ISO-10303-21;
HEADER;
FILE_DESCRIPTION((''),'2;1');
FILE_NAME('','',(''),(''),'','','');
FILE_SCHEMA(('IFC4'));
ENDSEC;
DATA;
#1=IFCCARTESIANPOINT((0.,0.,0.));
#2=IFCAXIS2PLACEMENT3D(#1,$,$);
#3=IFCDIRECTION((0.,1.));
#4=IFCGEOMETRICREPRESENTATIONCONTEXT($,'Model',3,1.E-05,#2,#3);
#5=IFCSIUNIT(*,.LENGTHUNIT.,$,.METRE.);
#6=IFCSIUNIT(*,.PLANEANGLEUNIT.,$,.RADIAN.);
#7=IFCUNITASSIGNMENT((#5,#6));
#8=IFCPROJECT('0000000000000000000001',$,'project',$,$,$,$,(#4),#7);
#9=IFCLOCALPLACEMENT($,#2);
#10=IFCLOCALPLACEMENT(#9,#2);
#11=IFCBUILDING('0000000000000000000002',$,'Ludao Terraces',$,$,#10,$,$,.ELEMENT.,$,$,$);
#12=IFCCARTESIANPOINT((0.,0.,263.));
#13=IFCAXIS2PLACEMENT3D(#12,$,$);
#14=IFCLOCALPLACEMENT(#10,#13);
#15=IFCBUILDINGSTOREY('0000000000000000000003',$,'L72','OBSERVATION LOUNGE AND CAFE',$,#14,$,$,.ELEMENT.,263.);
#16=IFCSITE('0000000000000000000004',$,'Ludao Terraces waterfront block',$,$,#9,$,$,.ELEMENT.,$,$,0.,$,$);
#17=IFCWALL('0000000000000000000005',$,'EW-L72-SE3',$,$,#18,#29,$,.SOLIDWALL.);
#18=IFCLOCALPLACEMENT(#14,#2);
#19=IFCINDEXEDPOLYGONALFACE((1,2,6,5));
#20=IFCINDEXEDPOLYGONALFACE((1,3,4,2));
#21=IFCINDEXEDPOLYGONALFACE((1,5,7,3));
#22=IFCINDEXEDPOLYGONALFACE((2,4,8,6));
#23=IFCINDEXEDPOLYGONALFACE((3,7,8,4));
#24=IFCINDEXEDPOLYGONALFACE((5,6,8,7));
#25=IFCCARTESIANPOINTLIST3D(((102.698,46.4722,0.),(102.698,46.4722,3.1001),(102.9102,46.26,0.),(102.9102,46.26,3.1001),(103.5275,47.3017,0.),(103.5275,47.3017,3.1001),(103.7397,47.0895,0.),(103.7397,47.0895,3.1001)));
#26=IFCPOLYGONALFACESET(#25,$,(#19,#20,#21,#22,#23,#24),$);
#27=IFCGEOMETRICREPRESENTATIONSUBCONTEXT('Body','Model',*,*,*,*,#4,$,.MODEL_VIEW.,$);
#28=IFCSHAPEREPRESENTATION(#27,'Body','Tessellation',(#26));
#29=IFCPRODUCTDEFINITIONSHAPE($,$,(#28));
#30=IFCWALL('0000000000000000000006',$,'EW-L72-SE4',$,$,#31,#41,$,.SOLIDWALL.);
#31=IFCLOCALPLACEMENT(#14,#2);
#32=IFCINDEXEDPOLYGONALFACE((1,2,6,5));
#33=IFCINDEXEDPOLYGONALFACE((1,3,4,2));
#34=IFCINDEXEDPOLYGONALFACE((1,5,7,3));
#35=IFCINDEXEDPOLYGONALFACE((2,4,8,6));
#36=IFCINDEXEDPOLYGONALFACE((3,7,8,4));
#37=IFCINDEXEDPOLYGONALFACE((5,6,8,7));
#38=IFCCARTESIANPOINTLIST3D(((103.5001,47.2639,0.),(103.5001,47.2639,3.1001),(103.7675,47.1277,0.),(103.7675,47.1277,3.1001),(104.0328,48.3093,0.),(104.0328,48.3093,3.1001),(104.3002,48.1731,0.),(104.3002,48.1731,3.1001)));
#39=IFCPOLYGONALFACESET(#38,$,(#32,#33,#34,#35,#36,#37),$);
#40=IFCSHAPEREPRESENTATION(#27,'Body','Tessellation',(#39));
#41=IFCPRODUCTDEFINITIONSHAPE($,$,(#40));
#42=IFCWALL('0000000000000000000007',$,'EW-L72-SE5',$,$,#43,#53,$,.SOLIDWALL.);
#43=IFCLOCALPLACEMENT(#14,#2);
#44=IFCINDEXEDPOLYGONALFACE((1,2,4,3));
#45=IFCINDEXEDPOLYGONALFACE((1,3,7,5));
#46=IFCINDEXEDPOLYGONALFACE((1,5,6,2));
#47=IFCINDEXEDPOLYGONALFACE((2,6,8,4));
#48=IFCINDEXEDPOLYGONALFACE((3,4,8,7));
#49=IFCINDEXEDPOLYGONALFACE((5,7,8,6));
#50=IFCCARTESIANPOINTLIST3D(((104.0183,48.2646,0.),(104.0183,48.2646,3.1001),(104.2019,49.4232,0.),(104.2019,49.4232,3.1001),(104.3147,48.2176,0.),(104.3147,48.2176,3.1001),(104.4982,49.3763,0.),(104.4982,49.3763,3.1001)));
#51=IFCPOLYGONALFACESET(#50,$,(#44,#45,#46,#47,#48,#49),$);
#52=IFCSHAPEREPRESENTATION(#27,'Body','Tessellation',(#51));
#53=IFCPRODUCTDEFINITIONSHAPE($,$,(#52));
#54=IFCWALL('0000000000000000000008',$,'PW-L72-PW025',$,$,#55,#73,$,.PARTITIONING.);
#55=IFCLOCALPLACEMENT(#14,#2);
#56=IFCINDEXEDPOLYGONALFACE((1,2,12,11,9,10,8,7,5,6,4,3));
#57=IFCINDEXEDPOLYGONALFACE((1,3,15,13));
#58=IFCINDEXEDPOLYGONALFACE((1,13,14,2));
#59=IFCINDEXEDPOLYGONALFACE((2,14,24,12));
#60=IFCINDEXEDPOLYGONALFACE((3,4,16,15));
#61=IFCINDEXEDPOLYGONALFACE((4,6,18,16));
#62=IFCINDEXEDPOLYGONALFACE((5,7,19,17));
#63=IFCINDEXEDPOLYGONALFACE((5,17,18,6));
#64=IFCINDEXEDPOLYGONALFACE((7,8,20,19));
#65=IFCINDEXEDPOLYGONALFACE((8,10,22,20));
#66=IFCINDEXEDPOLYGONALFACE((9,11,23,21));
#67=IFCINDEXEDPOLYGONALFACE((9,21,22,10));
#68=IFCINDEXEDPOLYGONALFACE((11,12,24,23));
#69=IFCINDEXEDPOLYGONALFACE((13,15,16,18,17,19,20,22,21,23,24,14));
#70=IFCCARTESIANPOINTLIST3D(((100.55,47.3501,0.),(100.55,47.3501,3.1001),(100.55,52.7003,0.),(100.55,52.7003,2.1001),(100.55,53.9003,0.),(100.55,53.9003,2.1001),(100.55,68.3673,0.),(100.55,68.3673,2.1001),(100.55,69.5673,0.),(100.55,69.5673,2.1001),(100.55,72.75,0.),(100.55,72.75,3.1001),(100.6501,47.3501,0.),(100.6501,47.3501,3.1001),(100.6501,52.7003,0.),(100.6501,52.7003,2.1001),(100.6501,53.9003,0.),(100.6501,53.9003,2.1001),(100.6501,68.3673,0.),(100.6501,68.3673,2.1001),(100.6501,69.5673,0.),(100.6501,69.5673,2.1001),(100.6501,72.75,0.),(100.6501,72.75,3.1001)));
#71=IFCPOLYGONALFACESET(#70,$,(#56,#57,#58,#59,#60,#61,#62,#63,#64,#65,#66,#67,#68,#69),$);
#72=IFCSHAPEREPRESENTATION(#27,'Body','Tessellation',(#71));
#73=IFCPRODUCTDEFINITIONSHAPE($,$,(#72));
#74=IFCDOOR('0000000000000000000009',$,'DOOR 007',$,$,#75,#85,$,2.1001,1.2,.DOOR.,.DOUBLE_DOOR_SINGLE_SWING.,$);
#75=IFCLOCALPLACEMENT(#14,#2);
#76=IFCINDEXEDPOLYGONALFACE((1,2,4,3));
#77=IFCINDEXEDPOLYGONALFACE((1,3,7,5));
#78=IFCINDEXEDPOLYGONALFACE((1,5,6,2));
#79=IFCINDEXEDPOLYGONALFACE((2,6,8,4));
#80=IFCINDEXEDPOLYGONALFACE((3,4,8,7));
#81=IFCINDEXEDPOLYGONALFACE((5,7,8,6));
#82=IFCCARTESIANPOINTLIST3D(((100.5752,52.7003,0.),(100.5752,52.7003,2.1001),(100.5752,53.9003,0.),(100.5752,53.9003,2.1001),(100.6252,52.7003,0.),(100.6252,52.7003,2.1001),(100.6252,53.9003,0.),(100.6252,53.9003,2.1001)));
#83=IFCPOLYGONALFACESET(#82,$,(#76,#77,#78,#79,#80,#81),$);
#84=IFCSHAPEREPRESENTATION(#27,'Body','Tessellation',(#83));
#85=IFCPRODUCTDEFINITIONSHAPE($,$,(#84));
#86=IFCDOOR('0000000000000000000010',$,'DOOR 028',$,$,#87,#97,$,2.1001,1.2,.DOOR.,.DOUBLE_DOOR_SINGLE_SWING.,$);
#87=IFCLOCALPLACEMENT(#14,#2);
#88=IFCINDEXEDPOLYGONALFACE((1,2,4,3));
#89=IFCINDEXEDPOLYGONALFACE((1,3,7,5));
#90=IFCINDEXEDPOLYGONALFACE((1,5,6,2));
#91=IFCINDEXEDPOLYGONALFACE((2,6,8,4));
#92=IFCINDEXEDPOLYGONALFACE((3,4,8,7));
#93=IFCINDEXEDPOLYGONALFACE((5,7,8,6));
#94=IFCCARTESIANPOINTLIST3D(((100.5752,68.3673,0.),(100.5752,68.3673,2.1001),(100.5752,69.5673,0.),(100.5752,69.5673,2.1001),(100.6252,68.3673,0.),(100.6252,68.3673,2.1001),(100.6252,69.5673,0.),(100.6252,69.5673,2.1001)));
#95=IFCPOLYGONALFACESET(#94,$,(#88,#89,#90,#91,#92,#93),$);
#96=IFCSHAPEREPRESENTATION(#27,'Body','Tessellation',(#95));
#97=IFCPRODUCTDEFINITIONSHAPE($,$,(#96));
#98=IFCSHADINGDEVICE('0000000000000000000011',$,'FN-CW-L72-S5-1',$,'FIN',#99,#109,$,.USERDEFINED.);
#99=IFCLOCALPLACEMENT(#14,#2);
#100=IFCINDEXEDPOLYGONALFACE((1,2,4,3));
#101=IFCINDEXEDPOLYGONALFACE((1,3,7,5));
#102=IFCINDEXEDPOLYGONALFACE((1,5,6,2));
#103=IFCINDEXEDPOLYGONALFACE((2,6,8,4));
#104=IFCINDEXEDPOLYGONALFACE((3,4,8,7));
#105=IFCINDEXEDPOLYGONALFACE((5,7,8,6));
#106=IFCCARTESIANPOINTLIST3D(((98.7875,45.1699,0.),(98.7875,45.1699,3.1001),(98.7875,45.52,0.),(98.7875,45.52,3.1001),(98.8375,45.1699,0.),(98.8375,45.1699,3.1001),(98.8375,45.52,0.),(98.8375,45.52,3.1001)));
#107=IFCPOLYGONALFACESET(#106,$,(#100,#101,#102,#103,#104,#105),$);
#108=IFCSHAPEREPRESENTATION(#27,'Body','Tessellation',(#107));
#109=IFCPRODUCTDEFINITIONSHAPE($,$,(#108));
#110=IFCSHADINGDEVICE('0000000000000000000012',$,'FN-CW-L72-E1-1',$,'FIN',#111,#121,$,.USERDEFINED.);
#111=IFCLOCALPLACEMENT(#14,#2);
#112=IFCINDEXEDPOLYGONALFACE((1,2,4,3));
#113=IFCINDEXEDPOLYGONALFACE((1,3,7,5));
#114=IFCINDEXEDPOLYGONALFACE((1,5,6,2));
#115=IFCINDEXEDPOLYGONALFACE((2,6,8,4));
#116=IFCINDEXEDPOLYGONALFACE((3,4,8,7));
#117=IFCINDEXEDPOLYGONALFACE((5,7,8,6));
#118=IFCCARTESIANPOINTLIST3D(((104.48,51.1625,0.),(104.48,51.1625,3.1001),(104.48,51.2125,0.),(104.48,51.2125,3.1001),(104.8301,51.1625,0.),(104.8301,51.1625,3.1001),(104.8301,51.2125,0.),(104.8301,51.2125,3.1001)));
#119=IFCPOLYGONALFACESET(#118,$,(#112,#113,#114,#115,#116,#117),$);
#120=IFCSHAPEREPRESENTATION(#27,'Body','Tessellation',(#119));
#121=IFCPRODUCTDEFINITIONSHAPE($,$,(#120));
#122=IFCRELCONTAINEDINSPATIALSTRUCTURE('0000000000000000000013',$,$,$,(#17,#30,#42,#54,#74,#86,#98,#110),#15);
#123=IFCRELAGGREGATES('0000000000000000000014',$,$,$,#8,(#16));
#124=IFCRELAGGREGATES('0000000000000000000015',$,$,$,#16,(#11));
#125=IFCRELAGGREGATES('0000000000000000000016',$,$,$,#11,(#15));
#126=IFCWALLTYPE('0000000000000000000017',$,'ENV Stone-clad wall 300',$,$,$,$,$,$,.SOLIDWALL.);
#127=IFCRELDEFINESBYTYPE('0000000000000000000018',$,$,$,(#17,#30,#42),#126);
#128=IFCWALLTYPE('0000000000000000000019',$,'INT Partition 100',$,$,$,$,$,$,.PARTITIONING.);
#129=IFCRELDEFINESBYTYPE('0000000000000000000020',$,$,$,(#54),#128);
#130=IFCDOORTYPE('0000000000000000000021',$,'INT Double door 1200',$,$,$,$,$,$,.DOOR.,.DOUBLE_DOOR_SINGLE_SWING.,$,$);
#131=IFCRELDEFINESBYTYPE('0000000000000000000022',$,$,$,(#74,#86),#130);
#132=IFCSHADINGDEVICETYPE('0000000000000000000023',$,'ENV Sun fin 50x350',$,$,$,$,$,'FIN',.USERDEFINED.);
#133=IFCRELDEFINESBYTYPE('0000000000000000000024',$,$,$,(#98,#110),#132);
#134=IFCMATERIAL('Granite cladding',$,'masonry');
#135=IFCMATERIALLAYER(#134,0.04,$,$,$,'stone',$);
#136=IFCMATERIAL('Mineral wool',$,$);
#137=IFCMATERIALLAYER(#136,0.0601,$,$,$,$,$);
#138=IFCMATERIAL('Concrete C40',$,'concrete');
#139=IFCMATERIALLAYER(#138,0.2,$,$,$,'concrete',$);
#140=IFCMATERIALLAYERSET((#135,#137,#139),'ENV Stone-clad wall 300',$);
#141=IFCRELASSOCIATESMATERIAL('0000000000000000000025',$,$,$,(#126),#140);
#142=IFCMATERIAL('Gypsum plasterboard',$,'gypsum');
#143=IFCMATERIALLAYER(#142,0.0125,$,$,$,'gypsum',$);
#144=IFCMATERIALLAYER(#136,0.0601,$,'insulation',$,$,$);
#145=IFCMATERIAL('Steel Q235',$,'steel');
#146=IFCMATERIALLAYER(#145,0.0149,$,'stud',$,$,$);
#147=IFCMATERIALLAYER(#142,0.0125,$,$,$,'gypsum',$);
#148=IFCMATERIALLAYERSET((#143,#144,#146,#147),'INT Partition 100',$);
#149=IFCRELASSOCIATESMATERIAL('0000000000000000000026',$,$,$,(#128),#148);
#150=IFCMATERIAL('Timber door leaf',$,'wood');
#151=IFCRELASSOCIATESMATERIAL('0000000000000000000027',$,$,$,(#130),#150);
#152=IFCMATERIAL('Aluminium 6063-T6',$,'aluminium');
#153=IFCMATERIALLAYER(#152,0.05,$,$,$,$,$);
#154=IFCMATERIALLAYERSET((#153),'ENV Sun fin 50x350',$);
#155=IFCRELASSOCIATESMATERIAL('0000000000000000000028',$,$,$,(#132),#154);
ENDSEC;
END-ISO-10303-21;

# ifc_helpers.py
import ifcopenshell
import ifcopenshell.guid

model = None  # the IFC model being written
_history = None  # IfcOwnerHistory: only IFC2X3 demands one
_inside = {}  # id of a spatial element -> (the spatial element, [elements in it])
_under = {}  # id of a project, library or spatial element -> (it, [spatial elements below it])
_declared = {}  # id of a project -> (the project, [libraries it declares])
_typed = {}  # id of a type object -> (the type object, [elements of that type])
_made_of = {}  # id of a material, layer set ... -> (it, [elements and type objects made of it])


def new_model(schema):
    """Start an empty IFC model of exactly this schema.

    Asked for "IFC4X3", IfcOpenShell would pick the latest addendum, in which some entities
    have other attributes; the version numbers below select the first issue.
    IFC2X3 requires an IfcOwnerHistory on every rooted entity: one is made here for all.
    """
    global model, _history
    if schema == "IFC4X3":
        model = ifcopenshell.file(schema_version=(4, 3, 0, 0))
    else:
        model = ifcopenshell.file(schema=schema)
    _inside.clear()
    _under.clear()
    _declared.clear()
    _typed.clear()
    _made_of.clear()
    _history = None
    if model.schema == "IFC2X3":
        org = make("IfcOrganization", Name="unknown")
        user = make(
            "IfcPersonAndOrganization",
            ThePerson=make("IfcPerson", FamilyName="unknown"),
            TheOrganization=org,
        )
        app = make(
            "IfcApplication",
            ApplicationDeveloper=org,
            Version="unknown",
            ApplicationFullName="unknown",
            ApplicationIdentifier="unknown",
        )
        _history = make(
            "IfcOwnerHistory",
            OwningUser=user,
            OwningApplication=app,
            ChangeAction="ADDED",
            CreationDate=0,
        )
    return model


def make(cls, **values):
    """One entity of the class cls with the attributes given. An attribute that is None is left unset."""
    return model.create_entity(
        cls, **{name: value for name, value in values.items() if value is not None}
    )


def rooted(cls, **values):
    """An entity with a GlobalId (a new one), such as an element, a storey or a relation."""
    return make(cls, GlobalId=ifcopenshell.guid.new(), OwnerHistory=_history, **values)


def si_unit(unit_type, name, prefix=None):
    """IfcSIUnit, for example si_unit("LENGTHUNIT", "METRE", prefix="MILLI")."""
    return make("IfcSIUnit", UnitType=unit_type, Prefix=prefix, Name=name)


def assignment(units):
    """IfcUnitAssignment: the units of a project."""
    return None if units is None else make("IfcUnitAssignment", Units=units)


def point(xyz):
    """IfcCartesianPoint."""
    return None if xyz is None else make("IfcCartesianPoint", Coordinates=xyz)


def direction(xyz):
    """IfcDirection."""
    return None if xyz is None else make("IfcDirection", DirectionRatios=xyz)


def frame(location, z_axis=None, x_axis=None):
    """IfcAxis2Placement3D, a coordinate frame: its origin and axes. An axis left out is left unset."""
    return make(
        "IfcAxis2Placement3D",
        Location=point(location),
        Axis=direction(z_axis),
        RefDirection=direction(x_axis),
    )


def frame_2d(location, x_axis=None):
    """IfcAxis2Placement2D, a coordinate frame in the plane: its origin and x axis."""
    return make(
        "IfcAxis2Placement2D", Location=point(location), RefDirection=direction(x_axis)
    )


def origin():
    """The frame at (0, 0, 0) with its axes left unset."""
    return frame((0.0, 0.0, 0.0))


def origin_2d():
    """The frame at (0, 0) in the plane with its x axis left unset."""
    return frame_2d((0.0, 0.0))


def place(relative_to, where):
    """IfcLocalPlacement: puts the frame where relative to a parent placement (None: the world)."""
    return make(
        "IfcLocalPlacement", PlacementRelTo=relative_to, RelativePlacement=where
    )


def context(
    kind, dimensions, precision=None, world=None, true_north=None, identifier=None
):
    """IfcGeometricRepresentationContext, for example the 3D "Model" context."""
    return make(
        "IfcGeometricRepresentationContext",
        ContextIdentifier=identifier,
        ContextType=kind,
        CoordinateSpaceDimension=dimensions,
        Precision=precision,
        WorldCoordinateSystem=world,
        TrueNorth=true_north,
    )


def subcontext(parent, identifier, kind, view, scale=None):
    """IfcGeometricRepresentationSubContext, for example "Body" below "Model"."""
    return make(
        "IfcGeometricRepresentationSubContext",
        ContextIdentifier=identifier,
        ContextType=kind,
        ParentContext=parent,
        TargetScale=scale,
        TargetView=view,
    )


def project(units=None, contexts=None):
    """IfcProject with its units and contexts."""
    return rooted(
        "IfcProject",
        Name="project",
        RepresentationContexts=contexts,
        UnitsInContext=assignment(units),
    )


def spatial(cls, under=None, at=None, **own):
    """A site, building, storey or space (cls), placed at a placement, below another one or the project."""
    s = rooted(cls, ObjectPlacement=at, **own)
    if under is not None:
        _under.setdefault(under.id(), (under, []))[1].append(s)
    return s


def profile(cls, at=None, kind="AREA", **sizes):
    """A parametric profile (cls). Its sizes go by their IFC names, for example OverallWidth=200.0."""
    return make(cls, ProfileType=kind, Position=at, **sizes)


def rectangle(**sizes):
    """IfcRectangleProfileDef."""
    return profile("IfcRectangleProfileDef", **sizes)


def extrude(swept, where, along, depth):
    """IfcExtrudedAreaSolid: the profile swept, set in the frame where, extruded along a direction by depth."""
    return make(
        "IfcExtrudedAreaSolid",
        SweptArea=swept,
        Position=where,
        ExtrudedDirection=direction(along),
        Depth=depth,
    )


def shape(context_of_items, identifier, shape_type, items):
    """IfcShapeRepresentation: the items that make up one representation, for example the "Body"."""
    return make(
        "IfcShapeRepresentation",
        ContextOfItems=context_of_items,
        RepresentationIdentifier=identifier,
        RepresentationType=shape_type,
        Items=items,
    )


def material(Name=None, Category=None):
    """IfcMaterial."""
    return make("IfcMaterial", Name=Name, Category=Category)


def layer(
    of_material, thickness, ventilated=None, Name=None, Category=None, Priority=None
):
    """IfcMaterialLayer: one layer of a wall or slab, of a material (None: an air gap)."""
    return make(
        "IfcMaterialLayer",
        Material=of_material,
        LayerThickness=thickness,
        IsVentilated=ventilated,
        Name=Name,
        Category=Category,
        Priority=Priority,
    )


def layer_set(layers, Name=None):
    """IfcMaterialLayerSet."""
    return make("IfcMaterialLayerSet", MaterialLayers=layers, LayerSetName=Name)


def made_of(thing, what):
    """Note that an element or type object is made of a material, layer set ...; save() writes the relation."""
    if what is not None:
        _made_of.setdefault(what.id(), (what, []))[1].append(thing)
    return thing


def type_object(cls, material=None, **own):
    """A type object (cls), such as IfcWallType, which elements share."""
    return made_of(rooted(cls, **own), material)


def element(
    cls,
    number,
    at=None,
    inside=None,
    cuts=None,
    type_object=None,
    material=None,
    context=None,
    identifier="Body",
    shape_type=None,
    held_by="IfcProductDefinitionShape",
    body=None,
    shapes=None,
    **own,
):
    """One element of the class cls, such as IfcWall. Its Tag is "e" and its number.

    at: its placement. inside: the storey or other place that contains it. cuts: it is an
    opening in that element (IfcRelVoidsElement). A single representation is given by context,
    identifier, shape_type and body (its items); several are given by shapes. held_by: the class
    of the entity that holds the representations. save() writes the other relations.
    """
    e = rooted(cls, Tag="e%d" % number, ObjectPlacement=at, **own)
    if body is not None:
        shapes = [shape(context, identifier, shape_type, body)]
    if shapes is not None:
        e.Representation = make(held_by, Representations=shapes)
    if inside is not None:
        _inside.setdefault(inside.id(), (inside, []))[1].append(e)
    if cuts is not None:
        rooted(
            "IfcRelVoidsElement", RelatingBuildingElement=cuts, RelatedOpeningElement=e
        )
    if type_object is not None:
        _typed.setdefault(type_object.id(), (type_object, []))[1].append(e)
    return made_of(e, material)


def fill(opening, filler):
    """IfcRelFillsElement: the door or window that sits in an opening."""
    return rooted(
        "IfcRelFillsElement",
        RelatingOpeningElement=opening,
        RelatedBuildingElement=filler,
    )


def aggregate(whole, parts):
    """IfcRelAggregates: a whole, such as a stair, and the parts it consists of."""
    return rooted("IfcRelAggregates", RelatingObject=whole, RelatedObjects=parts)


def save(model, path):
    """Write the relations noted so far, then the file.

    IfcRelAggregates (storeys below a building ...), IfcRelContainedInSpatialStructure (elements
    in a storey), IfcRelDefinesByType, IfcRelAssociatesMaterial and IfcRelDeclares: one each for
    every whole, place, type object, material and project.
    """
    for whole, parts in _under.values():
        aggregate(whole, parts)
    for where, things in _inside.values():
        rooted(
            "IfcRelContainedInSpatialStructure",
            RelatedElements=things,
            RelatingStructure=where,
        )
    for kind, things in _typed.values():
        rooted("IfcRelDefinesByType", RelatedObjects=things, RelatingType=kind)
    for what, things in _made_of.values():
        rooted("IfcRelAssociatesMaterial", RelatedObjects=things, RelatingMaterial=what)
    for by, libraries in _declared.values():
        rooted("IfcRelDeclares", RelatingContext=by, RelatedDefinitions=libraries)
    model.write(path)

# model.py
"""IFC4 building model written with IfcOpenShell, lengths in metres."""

from ifc_helpers import new_model, si_unit, direction, frame, frame_2d, origin, origin_2d, place, context, subcontext, project, spatial, rectangle, extrude, material, layer, layer_set, type_object, element, fill, save


model = new_model("IFC4")

# Units and contexts
model_context = context("Model", 3, precision=1e-05, world=origin(), true_north=direction((0.0, 1.0)))
body_context = subcontext(model_context, "Body", "Model", "MODEL_VIEW")
ifc_project = project(units=[si_unit("LENGTHUNIT", "METRE"), si_unit("PLANEANGLEUNIT", "RADIAN")], contexts=[model_context])

# Site, building, storey
site_placement = place(None, origin())
site = spatial("IfcSite", under=ifc_project, at=site_placement, Name="Ludao Terraces waterfront block", CompositionType="ELEMENT", RefElevation=0.0)
building_placement = place(site_placement, origin())
building = spatial("IfcBuilding", under=site, at=building_placement, Name="Ludao Terraces", CompositionType="ELEMENT")
storey_placement = place(building_placement, frame((0.0, 0.0, 263.0)))
storey = spatial("IfcBuildingStorey", under=building, at=storey_placement, Name="L72", Description="OBSERVATION LOUNGE AND CAFE", CompositionType="ELEMENT", Elevation=263.0)

# Shared definitions
ifc_material_1 = material(Name="Concrete C40", Category="concrete")

# Shared definitions
ifc_material_2 = material(Name="Aluminium 6063-T6", Category="aluminium")

# Walls
ifc_material_3 = material(Name="Granite cladding", Category="masonry")
ifc_layer_1 = layer(ifc_material_3, 0.04, Category="stone")
ifc_material_4 = material(Name="Mineral wool")
ifc_layer_2 = layer(ifc_material_4, 0.0601)
ifc_layer_3 = layer(ifc_material_1, 0.2, Category="concrete")
ifc_layer_set_1 = layer_set([ifc_layer_1, ifc_layer_2, ifc_layer_3], Name="ENV Stone-clad wall 300")
wall_type_1 = type_object("IfcWallType", Name="ENV Stone-clad wall 300", PredefinedType="SOLIDWALL", material=ifc_layer_set_1)
wall_1_placement = place(storey_placement, frame((102.8042, 46.3662, 0.0), z_axis=(0.0, 0.0, 1.0), x_axis=(0.707107, 0.707107, 0.0)))
element("IfcWall", 1, at=wall_1_placement, inside=storey, type_object=wall_type_1, Name="EW-L72-SE3", PredefinedType="SOLIDWALL", context=body_context, shape_type="SweptSolid", body=[
    extrude(rectangle(XDim=1.1731, YDim=0.3, at=frame_2d((0.5864, 0.0))), origin(), (0.0, 0.0, 1.0), 3.1001),
])
wall_2_placement = place(storey_placement, frame((103.6338, 47.1958, 0.0), z_axis=(0.0, 0.0, 1.0), x_axis=(0.454026, 0.890989, 0.0)))
element("IfcWall", 2, at=wall_2_placement, inside=storey, type_object=wall_type_1, Name="EW-L72-SE4", PredefinedType="SOLIDWALL", context=body_context, shape_type="SweptSolid", body=[
    extrude(rectangle(XDim=1.1733, YDim=0.3, at=frame_2d((0.5867, 0.0))), origin(), (0.0, 0.0, 1.0), 3.1001),
])
wall_3_placement = place(storey_placement, frame((104.1665, 48.2412, 0.0), z_axis=(0.0, 0.0, 1.0), x_axis=(0.156497, 0.987678, 0.0)))
element("IfcWall", 3, at=wall_3_placement, inside=storey, type_object=wall_type_1, Name="EW-L72-SE5", PredefinedType="SOLIDWALL", context=body_context, shape_type="SweptSolid", body=[
    extrude(rectangle(XDim=1.1731, YDim=0.3, at=frame_2d((0.5864, 0.0))), origin(), (0.0, 0.0, 1.0), 3.1001),
])

# Wall, openings, doors
ifc_material_5 = material(Name="Gypsum plasterboard", Category="gypsum")
ifc_layer_4 = layer(ifc_material_5, 0.0125, Category="gypsum")
ifc_layer_5 = layer(ifc_material_4, 0.0601, Name="insulation")
ifc_material_6 = material(Name="Steel Q235", Category="steel")
ifc_layer_6 = layer(ifc_material_6, 0.0149, Name="stud")
ifc_layer_7 = layer(ifc_material_5, 0.0125, Category="gypsum")
ifc_layer_set_2 = layer_set([ifc_layer_4, ifc_layer_5, ifc_layer_6, ifc_layer_7], Name="INT Partition 100")
wall_type_2 = type_object("IfcWallType", Name="INT Partition 100", PredefinedType="PARTITIONING", material=ifc_layer_set_2)
wall_4_placement = place(storey_placement, frame((100.6001, 47.3501, 0.0), z_axis=(0.0, 0.0, 1.0), x_axis=(0.0, 1.0, 0.0)))
wall_4 = element("IfcWall", 4, at=wall_4_placement, inside=storey, type_object=wall_type_2, Name="PW-L72-PW025", PredefinedType="PARTITIONING", context=body_context, shape_type="SweptSolid", body=[
    extrude(rectangle(XDim=25.3999, YDim=0.1001, at=frame_2d((12.7, 0.0))), origin(), (0.0, 0.0, 1.0), 3.1001),
])
opening_1_placement = place(wall_4_placement, frame((5.3501, 0.0, 0.0)))
opening_1 = element("IfcOpeningElement", 5, at=opening_1_placement, cuts=wall_4, PredefinedType="OPENING", context=body_context, shape_type="SweptSolid", body=[
    extrude(rectangle(XDim=1.2, YDim=2.1001, at=frame_2d((0.6001, 1.05))), frame((0.0, 0.0601, 0.0), z_axis=(0.0, -1.0, 0.0), x_axis=(1.0, 0.0, 0.0)), (0.0, 0.0, 1.0), 0.1201),
])
opening_2_placement = place(wall_4_placement, frame((21.0171, 0.0, 0.0)))
opening_2 = element("IfcOpeningElement", 6, at=opening_2_placement, cuts=wall_4, PredefinedType="OPENING", context=body_context, shape_type="SweptSolid", body=[
    extrude(rectangle(XDim=1.2, YDim=2.1001, at=frame_2d((0.6001, 1.05))), frame((0.0, 0.0601, 0.0), z_axis=(0.0, -1.0, 0.0), x_axis=(1.0, 0.0, 0.0)), (0.0, 0.0, 1.0), 0.1201),
])
ifc_material_7 = material(Name="Timber door leaf", Category="wood")
door_type = type_object("IfcDoorType", Name="INT Double door 1200", OperationType="DOUBLE_DOOR_SINGLE_SWING", PredefinedType="DOOR", material=ifc_material_7)
door_1_placement = place(opening_1_placement, origin())
door_1 = element("IfcDoor", 7, at=door_1_placement, inside=storey, type_object=door_type, Name="DOOR 007", OperationType="DOUBLE_DOOR_SINGLE_SWING", OverallHeight=2.1001, OverallWidth=1.2, PredefinedType="DOOR", context=body_context, shape_type="SweptSolid", body=[
    extrude(rectangle(XDim=1.2, YDim=2.1001, at=frame_2d((0.6001, 1.05))), frame((0.0, 0.0249, 0.0), z_axis=(0.0, -1.0, 0.0), x_axis=(1.0, 0.0, 0.0)), (0.0, 0.0, 1.0), 0.05),
])
fill(opening_1, door_1)
door_2_placement = place(opening_2_placement, origin())
door_2 = element("IfcDoor", 8, at=door_2_placement, inside=storey, type_object=door_type, Name="DOOR 028", OperationType="DOUBLE_DOOR_SINGLE_SWING", OverallHeight=2.1001, OverallWidth=1.2, PredefinedType="DOOR", context=body_context, shape_type="SweptSolid", body=[
    extrude(rectangle(XDim=1.2, YDim=2.1001, at=frame_2d((0.6001, 1.05))), frame((0.0, 0.0249, 0.0), z_axis=(0.0, -1.0, 0.0), x_axis=(1.0, 0.0, 0.0)), (0.0, 0.0, 1.0), 0.05),
])
fill(opening_2, door_2)

# Shading devices
ifc_layer_8 = layer(ifc_material_2, 0.05)
ifc_layer_set_3 = layer_set([ifc_layer_8], Name="ENV Sun fin 50x350")
shading_device_type = type_object("IfcShadingDeviceType", Name="ENV Sun fin 50x350", ElementType="FIN", PredefinedType="USERDEFINED", material=ifc_layer_set_3)
shading_device_1_placement = place(storey_placement, frame((98.8125, 45.345, 0.0), z_axis=(0.0, 0.0, 1.0), x_axis=(1.0, 0.0, 0.0)))
element("IfcShadingDevice", 9, at=shading_device_1_placement, inside=storey, type_object=shading_device_type, Name="FN-CW-L72-S5-1", ObjectType="FIN", PredefinedType="USERDEFINED", context=body_context, shape_type="SweptSolid", body=[
    extrude(rectangle(XDim=0.05, YDim=0.3501, at=origin_2d()), origin(), (0.0, 0.0, 1.0), 3.1001),
])
shading_device_2_placement = place(storey_placement, frame((104.655, 51.1875, 0.0), z_axis=(0.0, 0.0, 1.0), x_axis=(1.0, 0.0, 0.0)))
element("IfcShadingDevice", 10, at=shading_device_2_placement, inside=storey, type_object=shading_device_type, Name="FN-CW-L72-E1-1", ObjectType="FIN", PredefinedType="USERDEFINED", context=body_context, shape_type="SweptSolid", body=[
    extrude(rectangle(XDim=0.3501, YDim=0.05, at=origin_2d()), origin(), (0.0, 0.0, 1.0), 3.1001),
])

save(model, "model.ifc")
